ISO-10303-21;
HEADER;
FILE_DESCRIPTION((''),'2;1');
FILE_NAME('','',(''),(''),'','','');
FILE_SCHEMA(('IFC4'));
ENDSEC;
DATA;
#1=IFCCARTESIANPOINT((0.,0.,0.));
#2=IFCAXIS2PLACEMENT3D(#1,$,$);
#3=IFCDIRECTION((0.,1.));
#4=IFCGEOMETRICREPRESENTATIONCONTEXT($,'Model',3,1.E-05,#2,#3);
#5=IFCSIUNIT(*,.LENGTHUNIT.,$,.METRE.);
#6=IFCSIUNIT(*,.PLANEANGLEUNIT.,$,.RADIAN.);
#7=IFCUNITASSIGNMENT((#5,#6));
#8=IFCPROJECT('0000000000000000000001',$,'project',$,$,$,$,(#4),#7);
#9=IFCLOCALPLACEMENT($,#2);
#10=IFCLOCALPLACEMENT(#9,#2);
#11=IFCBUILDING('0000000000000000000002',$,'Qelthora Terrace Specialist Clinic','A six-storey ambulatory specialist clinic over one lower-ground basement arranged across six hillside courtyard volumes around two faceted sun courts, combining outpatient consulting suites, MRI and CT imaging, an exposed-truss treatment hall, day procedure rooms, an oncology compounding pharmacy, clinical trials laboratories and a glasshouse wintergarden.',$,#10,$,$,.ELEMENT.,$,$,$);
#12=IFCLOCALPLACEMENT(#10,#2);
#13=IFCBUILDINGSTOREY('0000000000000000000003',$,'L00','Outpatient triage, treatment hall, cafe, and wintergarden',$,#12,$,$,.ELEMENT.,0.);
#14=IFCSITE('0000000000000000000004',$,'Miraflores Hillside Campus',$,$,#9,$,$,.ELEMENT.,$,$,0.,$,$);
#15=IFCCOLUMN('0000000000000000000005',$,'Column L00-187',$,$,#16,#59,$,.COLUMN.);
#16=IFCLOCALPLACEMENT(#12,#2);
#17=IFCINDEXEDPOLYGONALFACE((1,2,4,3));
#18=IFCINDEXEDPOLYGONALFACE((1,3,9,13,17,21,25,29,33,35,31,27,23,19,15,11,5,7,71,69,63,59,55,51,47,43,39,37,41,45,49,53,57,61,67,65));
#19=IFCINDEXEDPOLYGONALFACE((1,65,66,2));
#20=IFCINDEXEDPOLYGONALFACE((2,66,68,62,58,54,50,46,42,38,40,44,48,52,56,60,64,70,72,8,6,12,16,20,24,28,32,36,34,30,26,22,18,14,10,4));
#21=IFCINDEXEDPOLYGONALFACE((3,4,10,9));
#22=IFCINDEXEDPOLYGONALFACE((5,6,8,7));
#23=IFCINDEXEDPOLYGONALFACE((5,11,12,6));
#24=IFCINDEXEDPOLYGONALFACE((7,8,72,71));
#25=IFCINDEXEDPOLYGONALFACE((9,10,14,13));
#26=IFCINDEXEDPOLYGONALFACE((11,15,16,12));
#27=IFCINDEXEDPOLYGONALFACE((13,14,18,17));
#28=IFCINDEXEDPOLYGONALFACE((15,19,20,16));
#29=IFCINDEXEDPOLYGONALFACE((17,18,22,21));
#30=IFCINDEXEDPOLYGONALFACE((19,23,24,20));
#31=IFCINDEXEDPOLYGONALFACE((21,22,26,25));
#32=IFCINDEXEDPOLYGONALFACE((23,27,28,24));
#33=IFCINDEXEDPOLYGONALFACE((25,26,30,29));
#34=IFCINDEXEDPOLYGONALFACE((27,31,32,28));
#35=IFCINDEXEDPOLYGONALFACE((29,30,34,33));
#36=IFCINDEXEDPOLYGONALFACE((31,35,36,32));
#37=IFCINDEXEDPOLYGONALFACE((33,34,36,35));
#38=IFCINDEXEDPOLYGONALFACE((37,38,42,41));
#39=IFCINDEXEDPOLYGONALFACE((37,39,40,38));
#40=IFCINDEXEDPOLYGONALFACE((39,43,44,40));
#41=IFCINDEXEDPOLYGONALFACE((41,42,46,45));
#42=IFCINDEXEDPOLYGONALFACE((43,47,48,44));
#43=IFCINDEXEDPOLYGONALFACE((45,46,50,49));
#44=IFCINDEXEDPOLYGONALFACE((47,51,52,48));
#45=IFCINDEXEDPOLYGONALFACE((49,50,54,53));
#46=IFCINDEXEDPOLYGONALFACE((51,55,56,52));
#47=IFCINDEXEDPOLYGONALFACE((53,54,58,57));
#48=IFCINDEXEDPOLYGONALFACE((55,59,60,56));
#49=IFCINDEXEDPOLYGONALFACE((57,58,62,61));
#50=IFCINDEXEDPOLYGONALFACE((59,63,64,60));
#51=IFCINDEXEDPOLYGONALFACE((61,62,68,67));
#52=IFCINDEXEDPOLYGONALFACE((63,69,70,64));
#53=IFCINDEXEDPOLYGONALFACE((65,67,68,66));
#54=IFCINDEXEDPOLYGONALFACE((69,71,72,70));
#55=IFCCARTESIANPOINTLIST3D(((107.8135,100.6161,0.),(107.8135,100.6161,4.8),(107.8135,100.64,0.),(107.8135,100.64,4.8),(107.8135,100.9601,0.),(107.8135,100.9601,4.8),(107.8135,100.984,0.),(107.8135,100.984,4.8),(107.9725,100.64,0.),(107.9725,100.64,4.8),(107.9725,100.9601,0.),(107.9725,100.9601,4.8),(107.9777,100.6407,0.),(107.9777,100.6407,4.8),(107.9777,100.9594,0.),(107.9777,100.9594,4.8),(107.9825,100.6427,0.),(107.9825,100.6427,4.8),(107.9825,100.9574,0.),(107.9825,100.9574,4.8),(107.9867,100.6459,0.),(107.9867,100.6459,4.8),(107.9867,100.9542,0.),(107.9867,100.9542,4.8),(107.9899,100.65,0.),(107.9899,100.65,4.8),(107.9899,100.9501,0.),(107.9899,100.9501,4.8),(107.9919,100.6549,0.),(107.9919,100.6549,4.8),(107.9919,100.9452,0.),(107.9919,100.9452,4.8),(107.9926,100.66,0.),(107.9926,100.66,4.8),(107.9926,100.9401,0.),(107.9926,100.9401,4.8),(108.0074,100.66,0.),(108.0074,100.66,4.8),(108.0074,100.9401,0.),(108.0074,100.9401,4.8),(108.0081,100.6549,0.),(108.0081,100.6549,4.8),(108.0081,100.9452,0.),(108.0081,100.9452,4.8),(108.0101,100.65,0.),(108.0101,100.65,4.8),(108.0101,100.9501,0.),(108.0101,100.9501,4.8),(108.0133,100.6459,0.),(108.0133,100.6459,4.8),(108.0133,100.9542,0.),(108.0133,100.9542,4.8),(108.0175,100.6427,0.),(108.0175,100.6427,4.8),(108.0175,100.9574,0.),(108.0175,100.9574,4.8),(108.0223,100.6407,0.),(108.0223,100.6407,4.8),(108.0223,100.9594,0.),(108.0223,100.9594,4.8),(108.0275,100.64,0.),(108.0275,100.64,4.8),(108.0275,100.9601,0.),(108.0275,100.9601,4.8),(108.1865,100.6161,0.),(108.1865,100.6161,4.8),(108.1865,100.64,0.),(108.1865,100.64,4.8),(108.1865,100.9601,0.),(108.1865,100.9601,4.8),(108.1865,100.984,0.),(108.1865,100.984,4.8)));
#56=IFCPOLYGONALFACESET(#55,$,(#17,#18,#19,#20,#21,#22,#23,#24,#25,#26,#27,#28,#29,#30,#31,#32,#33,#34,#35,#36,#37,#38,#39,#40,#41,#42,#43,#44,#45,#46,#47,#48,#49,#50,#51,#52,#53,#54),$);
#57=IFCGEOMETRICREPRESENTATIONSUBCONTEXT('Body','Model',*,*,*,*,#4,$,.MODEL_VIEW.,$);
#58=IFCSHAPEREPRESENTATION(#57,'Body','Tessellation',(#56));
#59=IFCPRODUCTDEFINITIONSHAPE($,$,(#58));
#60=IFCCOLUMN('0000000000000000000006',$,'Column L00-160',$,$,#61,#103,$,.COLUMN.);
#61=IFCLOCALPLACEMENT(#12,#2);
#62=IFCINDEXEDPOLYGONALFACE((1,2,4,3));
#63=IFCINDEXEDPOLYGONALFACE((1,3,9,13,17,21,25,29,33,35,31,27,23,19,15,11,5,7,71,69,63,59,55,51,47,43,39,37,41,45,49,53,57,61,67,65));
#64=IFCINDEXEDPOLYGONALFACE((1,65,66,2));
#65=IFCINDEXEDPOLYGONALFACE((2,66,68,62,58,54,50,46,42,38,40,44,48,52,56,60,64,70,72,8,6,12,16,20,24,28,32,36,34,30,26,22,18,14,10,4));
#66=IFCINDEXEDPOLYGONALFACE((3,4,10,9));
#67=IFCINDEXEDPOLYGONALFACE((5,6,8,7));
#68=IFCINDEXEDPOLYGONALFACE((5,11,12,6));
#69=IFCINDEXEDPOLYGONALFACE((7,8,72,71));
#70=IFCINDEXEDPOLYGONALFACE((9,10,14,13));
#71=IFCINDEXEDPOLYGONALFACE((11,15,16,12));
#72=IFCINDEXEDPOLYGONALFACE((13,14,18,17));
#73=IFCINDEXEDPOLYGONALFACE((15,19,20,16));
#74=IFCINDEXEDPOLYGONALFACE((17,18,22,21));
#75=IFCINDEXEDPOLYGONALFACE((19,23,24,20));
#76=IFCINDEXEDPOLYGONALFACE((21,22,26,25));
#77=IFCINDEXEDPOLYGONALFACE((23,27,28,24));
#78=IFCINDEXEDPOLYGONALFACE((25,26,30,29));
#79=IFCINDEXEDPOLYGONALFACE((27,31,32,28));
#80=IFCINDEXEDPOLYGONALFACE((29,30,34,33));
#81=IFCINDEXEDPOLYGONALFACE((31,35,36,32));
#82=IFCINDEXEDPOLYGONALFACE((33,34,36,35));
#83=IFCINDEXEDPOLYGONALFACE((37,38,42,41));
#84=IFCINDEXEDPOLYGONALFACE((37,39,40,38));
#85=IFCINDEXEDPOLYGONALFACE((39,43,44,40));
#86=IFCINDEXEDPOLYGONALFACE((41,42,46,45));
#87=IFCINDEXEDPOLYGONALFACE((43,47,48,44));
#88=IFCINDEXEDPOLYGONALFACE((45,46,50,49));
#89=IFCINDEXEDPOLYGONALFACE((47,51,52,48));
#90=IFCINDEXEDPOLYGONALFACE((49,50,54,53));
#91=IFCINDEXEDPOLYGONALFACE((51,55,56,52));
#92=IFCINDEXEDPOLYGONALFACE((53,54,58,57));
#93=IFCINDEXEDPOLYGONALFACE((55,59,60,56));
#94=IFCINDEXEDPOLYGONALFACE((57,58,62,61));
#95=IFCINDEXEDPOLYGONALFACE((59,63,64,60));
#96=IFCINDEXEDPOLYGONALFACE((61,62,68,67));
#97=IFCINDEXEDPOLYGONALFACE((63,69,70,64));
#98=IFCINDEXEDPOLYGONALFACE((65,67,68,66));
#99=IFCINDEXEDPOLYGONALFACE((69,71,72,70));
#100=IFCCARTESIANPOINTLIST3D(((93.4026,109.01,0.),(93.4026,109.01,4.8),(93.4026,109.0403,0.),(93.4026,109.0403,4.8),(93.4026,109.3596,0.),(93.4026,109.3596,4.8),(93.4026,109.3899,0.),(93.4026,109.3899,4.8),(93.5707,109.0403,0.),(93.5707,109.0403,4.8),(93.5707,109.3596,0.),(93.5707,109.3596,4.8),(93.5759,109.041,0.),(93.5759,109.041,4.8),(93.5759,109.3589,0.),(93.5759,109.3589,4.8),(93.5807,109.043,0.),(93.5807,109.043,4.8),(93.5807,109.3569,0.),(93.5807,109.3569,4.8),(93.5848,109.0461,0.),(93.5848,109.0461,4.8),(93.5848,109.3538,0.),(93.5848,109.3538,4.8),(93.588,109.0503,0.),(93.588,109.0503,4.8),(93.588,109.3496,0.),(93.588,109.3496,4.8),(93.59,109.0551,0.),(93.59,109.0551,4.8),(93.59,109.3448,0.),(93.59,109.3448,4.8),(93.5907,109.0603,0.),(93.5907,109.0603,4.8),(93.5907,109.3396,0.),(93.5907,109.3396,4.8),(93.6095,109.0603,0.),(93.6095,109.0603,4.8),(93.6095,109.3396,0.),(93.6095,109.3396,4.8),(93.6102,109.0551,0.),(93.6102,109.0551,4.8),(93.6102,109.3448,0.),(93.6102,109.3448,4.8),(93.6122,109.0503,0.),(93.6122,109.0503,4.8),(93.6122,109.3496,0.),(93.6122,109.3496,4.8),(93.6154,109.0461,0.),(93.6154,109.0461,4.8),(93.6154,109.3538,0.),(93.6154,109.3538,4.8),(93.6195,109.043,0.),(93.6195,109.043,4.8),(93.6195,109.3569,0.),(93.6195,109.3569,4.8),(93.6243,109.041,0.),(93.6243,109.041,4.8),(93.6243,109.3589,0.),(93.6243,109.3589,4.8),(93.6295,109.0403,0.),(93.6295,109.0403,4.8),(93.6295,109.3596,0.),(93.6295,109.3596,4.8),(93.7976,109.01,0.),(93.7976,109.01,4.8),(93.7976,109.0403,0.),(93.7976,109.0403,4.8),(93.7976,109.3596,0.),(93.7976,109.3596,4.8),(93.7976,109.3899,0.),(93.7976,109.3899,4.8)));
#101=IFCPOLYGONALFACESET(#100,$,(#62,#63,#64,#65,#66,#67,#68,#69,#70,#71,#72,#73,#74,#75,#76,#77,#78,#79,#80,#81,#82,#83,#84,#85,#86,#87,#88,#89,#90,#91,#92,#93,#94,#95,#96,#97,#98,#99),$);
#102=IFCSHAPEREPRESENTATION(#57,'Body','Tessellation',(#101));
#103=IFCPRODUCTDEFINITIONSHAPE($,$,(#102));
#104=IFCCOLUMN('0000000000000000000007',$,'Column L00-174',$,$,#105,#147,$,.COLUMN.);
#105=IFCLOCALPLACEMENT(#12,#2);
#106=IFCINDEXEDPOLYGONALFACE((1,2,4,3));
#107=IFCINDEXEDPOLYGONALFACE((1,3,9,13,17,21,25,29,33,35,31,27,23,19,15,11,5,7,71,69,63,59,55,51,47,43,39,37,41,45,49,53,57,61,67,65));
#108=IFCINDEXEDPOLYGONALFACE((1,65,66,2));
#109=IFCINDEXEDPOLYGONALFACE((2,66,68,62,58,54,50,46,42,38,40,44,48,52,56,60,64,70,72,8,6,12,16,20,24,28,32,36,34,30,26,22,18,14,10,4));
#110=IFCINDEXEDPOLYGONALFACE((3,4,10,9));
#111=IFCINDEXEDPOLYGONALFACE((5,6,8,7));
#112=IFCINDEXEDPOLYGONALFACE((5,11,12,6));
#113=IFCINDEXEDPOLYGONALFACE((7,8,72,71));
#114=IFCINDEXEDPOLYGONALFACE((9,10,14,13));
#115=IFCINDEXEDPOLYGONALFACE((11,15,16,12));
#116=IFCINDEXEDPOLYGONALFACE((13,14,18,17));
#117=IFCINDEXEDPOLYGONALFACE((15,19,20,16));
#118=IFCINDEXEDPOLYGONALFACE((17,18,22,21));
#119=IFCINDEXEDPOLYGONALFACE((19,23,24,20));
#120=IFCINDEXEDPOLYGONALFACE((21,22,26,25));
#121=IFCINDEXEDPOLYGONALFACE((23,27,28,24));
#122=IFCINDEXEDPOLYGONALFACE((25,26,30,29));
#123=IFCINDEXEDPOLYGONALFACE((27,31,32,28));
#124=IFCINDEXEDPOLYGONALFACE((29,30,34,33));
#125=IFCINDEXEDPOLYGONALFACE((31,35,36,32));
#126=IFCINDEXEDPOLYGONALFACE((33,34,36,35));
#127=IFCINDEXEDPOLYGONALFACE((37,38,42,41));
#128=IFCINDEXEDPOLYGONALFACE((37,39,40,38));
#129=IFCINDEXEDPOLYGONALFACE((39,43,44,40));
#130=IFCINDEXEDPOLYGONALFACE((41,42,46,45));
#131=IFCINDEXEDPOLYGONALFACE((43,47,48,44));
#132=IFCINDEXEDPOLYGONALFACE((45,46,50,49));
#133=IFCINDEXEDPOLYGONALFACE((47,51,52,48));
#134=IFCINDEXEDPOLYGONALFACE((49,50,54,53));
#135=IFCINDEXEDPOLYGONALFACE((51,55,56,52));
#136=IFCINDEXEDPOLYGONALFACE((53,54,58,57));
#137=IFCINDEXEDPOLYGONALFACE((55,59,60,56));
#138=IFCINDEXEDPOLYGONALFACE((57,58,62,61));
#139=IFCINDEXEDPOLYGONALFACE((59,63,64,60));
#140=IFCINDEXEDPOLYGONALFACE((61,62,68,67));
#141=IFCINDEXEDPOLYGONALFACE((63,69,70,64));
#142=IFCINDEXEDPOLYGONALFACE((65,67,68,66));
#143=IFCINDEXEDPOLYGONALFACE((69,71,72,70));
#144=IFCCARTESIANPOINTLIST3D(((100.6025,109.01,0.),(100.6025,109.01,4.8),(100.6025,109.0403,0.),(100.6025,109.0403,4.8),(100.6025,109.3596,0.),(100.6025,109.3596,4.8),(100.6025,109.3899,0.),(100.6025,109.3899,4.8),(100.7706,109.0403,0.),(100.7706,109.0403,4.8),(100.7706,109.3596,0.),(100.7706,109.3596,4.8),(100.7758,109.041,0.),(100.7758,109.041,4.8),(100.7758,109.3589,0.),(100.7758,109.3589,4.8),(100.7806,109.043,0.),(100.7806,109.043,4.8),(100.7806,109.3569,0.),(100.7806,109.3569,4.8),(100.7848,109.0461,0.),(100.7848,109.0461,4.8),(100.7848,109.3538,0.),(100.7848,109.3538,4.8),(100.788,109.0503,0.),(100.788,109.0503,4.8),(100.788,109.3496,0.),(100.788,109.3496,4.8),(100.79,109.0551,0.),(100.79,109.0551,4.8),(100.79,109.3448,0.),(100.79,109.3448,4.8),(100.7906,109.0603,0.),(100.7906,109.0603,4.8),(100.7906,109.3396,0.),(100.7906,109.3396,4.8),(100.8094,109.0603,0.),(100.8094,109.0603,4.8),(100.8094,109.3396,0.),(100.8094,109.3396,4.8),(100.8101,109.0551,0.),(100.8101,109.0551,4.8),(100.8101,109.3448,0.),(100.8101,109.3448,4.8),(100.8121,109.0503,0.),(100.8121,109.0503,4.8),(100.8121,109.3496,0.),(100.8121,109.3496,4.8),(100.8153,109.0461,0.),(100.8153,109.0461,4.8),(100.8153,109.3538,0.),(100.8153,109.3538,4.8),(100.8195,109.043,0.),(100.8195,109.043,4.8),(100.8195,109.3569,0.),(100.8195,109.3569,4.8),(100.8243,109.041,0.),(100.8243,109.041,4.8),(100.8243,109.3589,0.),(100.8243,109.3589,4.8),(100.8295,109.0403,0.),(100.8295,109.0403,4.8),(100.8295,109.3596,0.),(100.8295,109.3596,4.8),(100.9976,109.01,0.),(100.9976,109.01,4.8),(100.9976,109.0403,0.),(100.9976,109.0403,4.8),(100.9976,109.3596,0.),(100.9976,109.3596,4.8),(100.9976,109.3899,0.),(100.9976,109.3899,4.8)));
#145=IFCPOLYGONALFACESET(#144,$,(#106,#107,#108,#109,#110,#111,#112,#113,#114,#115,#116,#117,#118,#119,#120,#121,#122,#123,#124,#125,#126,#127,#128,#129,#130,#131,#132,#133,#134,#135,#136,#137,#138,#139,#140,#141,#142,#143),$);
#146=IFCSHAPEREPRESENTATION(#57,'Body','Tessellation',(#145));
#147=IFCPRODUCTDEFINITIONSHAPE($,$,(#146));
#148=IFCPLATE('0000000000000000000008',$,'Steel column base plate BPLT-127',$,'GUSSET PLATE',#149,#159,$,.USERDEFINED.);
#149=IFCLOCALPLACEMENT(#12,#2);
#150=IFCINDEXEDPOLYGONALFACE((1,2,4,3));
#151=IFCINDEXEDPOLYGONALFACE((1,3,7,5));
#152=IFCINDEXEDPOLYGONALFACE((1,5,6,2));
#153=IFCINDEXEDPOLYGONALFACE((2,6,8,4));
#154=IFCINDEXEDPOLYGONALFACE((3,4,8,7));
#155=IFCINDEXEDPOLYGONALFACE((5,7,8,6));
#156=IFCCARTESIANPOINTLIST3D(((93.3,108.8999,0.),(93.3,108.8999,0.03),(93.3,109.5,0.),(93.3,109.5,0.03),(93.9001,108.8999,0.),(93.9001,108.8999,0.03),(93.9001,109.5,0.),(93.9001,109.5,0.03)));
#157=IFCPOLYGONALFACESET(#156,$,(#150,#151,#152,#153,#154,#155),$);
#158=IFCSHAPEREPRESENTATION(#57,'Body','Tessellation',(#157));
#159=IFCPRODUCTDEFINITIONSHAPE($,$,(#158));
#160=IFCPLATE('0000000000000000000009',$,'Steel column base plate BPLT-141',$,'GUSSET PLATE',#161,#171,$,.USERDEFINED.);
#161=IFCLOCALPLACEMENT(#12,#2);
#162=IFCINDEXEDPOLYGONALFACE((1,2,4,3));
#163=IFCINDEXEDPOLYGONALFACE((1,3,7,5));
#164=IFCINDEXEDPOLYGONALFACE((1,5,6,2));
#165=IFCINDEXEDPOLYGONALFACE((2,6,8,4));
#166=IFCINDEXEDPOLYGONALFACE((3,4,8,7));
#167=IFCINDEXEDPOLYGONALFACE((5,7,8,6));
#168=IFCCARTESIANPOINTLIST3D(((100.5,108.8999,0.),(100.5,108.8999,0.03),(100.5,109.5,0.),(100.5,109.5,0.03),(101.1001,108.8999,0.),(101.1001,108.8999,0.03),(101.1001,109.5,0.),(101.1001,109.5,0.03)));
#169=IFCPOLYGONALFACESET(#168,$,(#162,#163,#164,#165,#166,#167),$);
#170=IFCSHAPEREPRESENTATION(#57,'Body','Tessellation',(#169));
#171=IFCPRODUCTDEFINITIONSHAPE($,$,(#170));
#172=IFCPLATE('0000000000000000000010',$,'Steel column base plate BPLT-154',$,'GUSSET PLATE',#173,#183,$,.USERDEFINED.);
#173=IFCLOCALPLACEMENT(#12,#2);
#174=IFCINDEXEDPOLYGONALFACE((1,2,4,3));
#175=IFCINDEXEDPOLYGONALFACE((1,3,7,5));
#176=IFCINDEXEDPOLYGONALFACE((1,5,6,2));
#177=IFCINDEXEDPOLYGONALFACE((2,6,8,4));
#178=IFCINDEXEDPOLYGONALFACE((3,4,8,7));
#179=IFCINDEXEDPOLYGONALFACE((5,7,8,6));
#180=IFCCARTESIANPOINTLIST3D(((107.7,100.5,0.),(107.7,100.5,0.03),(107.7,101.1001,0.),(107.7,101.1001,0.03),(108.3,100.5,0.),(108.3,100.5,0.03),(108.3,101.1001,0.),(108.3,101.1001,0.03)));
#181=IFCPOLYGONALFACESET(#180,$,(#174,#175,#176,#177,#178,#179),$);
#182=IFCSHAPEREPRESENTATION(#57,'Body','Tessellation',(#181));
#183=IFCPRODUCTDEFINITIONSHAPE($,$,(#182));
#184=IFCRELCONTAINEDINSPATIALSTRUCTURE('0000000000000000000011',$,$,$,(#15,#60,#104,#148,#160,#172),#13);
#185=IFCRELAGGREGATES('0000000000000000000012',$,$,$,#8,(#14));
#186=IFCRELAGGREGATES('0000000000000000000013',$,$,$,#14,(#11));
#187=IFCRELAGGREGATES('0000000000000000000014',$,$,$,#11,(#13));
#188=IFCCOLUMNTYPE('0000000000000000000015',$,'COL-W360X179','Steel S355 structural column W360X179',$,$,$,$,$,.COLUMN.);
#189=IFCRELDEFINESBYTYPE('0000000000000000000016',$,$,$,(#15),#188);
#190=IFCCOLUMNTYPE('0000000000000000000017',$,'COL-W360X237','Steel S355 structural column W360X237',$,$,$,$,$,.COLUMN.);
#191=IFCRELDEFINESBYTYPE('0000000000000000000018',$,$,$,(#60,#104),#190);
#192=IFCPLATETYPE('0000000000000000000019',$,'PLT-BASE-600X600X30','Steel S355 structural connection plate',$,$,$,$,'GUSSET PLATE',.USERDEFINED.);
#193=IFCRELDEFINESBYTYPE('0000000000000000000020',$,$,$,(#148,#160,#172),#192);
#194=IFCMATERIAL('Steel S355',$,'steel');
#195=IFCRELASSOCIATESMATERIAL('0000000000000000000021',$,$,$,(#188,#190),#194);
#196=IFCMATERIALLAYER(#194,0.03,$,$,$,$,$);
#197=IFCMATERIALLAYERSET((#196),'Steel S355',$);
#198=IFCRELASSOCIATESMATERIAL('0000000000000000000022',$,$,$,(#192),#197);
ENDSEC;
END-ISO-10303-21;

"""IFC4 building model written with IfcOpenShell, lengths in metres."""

from ifc_helpers import new_model, si_unit, direction, frame, origin, origin_2d, place, context, subcontext, project, spatial, rectangle, i_section, extrude, material, layer, layer_set, material_profile, profile_set, type_object, element, save


model = new_model("IFC4")

# Units and contexts
model_context = context("Model", 3, precision=1e-05, world=origin(), true_north=direction((0.0, 1.0)))
body_context = subcontext(model_context, "Body", "Model", "MODEL_VIEW")
ifc_project = project(units=[si_unit("LENGTHUNIT", "METRE"), si_unit("PLANEANGLEUNIT", "RADIAN")], contexts=[model_context])

# Site, building, storey
site_placement = place(None, origin())
site = spatial("IfcSite", under=ifc_project, at=site_placement, Name="Miraflores Hillside Campus", CompositionType="ELEMENT", RefElevation=0.0)
building_placement = place(site_placement, origin())
building = spatial("IfcBuilding", under=site, at=building_placement, Name="Qelthora Terrace Specialist Clinic", Description="A six-storey ambulatory specialist clinic over one lower-ground basement arranged across six hillside courtyard volumes around two faceted sun courts, combining outpatient consulting suites, MRI and CT imaging, an exposed-truss treatment hall, day procedure rooms, an oncology compounding pharmacy, clinical trials laboratories and a glasshouse wintergarden.", CompositionType="ELEMENT")
storey_placement = place(building_placement, origin())
storey = spatial("IfcBuildingStorey", under=building, at=storey_placement, Name="L00", Description="Outpatient triage, treatment hall, cafe, and wintergarden", CompositionType="ELEMENT", Elevation=0.0)

# Columns
ifc_material_1 = material(Name="Steel S355", Category="steel")
ifc_material_profile_1 = material_profile(ifc_material_1, i_section(OverallWidth=0.373, OverallDepth=0.3679, WebThickness=0.0149, FlangeThickness=0.0239, FilletRadius=0.02, at=origin_2d()), Name="W360X179")
ifc_profile_set_1 = profile_set([ifc_material_profile_1], Name="Steel S355")
column_type_1 = type_object("IfcColumnType", Name="COL-W360X179", Description="Steel S355 structural column W360X179", PredefinedType="COLUMN", material=ifc_profile_set_1)
column_placement = place(storey_placement, frame((108.0, 100.8, 0.0), z_axis=(0.0, 0.0, 1.0), x_axis=(1.0, 0.0, 0.0)))
element("IfcColumn", 1, at=column_placement, inside=storey, type_object=column_type_1, Name="Column L00-187", PredefinedType="COLUMN", context=body_context, shape_type="SweptSolid", body=[
    extrude(i_section(OverallWidth=0.373, OverallDepth=0.3679, WebThickness=0.0149, FlangeThickness=0.0239, FilletRadius=0.02, at=origin_2d()), origin(), (0.0, 0.0, 1.0), 4.8),
])
ifc_material_profile_2 = material_profile(ifc_material_1, i_section(OverallWidth=0.395, OverallDepth=0.3799, WebThickness=0.0188, FlangeThickness=0.0303, FilletRadius=0.02, at=origin_2d()), Name="W360X237")
ifc_profile_set_2 = profile_set([ifc_material_profile_2], Name="Steel S355")
column_type_2 = type_object("IfcColumnType", Name="COL-W360X237", Description="Steel S355 structural column W360X237", PredefinedType="COLUMN", material=ifc_profile_set_2)
for number, where, z_axis, x_axis, name in (
    (2, (93.6001, 109.2, 0.0), (0.0, 0.0, 1.0), (1.0, 0.0, 0.0), "Column L00-160"),
    (3, (100.8, 109.2, 0.0), (0.0, 0.0, 1.0), (1.0, 0.0, 0.0), "Column L00-174"),
):
    element("IfcColumn", number, at=place(storey_placement, frame(where, z_axis=z_axis, x_axis=x_axis)), inside=storey, type_object=column_type_2, Name=name, PredefinedType="COLUMN", context=body_context, shape_type="SweptSolid", body=[
        extrude(i_section(OverallWidth=0.395, OverallDepth=0.3799, WebThickness=0.0188, FlangeThickness=0.0303, FilletRadius=0.02, at=origin_2d()), origin(), (0.0, 0.0, 1.0), 4.8),
    ])

# Plates
ifc_layer_1 = layer(ifc_material_1, 0.03)
ifc_layer_set_1 = layer_set([ifc_layer_1], Name="Steel S355")
plate_type = type_object("IfcPlateType", Name="PLT-BASE-600X600X30", Description="Steel S355 structural connection plate", ElementType="GUSSET PLATE", PredefinedType="USERDEFINED", material=ifc_layer_set_1)
for number, where, z_axis, x_axis, name in (
    (4, (93.6001, 109.2, 0.0), (0.0, 0.0, 1.0), (1.0, 0.0, 0.0), "Steel column base plate BPLT-127"),
    (5, (100.8, 109.2, 0.0), (0.0, 0.0, 1.0), (1.0, 0.0, 0.0), "Steel column base plate BPLT-141"),
    (6, (108.0, 100.8, 0.0), (0.0, 0.0, 1.0), (1.0, 0.0, 0.0), "Steel column base plate BPLT-154"),
):
    element("IfcPlate", number, at=place(storey_placement, frame(where, z_axis=z_axis, x_axis=x_axis)), inside=storey, type_object=plate_type, Name=name, ObjectType="GUSSET PLATE", PredefinedType="USERDEFINED", context=body_context, shape_type="SweptSolid", body=[
        extrude(rectangle(XDim=0.6001, YDim=0.6001, at=origin_2d()), origin(), (0.0, 0.0, 1.0), 0.03),
    ])

save(model, "model.ifc")
